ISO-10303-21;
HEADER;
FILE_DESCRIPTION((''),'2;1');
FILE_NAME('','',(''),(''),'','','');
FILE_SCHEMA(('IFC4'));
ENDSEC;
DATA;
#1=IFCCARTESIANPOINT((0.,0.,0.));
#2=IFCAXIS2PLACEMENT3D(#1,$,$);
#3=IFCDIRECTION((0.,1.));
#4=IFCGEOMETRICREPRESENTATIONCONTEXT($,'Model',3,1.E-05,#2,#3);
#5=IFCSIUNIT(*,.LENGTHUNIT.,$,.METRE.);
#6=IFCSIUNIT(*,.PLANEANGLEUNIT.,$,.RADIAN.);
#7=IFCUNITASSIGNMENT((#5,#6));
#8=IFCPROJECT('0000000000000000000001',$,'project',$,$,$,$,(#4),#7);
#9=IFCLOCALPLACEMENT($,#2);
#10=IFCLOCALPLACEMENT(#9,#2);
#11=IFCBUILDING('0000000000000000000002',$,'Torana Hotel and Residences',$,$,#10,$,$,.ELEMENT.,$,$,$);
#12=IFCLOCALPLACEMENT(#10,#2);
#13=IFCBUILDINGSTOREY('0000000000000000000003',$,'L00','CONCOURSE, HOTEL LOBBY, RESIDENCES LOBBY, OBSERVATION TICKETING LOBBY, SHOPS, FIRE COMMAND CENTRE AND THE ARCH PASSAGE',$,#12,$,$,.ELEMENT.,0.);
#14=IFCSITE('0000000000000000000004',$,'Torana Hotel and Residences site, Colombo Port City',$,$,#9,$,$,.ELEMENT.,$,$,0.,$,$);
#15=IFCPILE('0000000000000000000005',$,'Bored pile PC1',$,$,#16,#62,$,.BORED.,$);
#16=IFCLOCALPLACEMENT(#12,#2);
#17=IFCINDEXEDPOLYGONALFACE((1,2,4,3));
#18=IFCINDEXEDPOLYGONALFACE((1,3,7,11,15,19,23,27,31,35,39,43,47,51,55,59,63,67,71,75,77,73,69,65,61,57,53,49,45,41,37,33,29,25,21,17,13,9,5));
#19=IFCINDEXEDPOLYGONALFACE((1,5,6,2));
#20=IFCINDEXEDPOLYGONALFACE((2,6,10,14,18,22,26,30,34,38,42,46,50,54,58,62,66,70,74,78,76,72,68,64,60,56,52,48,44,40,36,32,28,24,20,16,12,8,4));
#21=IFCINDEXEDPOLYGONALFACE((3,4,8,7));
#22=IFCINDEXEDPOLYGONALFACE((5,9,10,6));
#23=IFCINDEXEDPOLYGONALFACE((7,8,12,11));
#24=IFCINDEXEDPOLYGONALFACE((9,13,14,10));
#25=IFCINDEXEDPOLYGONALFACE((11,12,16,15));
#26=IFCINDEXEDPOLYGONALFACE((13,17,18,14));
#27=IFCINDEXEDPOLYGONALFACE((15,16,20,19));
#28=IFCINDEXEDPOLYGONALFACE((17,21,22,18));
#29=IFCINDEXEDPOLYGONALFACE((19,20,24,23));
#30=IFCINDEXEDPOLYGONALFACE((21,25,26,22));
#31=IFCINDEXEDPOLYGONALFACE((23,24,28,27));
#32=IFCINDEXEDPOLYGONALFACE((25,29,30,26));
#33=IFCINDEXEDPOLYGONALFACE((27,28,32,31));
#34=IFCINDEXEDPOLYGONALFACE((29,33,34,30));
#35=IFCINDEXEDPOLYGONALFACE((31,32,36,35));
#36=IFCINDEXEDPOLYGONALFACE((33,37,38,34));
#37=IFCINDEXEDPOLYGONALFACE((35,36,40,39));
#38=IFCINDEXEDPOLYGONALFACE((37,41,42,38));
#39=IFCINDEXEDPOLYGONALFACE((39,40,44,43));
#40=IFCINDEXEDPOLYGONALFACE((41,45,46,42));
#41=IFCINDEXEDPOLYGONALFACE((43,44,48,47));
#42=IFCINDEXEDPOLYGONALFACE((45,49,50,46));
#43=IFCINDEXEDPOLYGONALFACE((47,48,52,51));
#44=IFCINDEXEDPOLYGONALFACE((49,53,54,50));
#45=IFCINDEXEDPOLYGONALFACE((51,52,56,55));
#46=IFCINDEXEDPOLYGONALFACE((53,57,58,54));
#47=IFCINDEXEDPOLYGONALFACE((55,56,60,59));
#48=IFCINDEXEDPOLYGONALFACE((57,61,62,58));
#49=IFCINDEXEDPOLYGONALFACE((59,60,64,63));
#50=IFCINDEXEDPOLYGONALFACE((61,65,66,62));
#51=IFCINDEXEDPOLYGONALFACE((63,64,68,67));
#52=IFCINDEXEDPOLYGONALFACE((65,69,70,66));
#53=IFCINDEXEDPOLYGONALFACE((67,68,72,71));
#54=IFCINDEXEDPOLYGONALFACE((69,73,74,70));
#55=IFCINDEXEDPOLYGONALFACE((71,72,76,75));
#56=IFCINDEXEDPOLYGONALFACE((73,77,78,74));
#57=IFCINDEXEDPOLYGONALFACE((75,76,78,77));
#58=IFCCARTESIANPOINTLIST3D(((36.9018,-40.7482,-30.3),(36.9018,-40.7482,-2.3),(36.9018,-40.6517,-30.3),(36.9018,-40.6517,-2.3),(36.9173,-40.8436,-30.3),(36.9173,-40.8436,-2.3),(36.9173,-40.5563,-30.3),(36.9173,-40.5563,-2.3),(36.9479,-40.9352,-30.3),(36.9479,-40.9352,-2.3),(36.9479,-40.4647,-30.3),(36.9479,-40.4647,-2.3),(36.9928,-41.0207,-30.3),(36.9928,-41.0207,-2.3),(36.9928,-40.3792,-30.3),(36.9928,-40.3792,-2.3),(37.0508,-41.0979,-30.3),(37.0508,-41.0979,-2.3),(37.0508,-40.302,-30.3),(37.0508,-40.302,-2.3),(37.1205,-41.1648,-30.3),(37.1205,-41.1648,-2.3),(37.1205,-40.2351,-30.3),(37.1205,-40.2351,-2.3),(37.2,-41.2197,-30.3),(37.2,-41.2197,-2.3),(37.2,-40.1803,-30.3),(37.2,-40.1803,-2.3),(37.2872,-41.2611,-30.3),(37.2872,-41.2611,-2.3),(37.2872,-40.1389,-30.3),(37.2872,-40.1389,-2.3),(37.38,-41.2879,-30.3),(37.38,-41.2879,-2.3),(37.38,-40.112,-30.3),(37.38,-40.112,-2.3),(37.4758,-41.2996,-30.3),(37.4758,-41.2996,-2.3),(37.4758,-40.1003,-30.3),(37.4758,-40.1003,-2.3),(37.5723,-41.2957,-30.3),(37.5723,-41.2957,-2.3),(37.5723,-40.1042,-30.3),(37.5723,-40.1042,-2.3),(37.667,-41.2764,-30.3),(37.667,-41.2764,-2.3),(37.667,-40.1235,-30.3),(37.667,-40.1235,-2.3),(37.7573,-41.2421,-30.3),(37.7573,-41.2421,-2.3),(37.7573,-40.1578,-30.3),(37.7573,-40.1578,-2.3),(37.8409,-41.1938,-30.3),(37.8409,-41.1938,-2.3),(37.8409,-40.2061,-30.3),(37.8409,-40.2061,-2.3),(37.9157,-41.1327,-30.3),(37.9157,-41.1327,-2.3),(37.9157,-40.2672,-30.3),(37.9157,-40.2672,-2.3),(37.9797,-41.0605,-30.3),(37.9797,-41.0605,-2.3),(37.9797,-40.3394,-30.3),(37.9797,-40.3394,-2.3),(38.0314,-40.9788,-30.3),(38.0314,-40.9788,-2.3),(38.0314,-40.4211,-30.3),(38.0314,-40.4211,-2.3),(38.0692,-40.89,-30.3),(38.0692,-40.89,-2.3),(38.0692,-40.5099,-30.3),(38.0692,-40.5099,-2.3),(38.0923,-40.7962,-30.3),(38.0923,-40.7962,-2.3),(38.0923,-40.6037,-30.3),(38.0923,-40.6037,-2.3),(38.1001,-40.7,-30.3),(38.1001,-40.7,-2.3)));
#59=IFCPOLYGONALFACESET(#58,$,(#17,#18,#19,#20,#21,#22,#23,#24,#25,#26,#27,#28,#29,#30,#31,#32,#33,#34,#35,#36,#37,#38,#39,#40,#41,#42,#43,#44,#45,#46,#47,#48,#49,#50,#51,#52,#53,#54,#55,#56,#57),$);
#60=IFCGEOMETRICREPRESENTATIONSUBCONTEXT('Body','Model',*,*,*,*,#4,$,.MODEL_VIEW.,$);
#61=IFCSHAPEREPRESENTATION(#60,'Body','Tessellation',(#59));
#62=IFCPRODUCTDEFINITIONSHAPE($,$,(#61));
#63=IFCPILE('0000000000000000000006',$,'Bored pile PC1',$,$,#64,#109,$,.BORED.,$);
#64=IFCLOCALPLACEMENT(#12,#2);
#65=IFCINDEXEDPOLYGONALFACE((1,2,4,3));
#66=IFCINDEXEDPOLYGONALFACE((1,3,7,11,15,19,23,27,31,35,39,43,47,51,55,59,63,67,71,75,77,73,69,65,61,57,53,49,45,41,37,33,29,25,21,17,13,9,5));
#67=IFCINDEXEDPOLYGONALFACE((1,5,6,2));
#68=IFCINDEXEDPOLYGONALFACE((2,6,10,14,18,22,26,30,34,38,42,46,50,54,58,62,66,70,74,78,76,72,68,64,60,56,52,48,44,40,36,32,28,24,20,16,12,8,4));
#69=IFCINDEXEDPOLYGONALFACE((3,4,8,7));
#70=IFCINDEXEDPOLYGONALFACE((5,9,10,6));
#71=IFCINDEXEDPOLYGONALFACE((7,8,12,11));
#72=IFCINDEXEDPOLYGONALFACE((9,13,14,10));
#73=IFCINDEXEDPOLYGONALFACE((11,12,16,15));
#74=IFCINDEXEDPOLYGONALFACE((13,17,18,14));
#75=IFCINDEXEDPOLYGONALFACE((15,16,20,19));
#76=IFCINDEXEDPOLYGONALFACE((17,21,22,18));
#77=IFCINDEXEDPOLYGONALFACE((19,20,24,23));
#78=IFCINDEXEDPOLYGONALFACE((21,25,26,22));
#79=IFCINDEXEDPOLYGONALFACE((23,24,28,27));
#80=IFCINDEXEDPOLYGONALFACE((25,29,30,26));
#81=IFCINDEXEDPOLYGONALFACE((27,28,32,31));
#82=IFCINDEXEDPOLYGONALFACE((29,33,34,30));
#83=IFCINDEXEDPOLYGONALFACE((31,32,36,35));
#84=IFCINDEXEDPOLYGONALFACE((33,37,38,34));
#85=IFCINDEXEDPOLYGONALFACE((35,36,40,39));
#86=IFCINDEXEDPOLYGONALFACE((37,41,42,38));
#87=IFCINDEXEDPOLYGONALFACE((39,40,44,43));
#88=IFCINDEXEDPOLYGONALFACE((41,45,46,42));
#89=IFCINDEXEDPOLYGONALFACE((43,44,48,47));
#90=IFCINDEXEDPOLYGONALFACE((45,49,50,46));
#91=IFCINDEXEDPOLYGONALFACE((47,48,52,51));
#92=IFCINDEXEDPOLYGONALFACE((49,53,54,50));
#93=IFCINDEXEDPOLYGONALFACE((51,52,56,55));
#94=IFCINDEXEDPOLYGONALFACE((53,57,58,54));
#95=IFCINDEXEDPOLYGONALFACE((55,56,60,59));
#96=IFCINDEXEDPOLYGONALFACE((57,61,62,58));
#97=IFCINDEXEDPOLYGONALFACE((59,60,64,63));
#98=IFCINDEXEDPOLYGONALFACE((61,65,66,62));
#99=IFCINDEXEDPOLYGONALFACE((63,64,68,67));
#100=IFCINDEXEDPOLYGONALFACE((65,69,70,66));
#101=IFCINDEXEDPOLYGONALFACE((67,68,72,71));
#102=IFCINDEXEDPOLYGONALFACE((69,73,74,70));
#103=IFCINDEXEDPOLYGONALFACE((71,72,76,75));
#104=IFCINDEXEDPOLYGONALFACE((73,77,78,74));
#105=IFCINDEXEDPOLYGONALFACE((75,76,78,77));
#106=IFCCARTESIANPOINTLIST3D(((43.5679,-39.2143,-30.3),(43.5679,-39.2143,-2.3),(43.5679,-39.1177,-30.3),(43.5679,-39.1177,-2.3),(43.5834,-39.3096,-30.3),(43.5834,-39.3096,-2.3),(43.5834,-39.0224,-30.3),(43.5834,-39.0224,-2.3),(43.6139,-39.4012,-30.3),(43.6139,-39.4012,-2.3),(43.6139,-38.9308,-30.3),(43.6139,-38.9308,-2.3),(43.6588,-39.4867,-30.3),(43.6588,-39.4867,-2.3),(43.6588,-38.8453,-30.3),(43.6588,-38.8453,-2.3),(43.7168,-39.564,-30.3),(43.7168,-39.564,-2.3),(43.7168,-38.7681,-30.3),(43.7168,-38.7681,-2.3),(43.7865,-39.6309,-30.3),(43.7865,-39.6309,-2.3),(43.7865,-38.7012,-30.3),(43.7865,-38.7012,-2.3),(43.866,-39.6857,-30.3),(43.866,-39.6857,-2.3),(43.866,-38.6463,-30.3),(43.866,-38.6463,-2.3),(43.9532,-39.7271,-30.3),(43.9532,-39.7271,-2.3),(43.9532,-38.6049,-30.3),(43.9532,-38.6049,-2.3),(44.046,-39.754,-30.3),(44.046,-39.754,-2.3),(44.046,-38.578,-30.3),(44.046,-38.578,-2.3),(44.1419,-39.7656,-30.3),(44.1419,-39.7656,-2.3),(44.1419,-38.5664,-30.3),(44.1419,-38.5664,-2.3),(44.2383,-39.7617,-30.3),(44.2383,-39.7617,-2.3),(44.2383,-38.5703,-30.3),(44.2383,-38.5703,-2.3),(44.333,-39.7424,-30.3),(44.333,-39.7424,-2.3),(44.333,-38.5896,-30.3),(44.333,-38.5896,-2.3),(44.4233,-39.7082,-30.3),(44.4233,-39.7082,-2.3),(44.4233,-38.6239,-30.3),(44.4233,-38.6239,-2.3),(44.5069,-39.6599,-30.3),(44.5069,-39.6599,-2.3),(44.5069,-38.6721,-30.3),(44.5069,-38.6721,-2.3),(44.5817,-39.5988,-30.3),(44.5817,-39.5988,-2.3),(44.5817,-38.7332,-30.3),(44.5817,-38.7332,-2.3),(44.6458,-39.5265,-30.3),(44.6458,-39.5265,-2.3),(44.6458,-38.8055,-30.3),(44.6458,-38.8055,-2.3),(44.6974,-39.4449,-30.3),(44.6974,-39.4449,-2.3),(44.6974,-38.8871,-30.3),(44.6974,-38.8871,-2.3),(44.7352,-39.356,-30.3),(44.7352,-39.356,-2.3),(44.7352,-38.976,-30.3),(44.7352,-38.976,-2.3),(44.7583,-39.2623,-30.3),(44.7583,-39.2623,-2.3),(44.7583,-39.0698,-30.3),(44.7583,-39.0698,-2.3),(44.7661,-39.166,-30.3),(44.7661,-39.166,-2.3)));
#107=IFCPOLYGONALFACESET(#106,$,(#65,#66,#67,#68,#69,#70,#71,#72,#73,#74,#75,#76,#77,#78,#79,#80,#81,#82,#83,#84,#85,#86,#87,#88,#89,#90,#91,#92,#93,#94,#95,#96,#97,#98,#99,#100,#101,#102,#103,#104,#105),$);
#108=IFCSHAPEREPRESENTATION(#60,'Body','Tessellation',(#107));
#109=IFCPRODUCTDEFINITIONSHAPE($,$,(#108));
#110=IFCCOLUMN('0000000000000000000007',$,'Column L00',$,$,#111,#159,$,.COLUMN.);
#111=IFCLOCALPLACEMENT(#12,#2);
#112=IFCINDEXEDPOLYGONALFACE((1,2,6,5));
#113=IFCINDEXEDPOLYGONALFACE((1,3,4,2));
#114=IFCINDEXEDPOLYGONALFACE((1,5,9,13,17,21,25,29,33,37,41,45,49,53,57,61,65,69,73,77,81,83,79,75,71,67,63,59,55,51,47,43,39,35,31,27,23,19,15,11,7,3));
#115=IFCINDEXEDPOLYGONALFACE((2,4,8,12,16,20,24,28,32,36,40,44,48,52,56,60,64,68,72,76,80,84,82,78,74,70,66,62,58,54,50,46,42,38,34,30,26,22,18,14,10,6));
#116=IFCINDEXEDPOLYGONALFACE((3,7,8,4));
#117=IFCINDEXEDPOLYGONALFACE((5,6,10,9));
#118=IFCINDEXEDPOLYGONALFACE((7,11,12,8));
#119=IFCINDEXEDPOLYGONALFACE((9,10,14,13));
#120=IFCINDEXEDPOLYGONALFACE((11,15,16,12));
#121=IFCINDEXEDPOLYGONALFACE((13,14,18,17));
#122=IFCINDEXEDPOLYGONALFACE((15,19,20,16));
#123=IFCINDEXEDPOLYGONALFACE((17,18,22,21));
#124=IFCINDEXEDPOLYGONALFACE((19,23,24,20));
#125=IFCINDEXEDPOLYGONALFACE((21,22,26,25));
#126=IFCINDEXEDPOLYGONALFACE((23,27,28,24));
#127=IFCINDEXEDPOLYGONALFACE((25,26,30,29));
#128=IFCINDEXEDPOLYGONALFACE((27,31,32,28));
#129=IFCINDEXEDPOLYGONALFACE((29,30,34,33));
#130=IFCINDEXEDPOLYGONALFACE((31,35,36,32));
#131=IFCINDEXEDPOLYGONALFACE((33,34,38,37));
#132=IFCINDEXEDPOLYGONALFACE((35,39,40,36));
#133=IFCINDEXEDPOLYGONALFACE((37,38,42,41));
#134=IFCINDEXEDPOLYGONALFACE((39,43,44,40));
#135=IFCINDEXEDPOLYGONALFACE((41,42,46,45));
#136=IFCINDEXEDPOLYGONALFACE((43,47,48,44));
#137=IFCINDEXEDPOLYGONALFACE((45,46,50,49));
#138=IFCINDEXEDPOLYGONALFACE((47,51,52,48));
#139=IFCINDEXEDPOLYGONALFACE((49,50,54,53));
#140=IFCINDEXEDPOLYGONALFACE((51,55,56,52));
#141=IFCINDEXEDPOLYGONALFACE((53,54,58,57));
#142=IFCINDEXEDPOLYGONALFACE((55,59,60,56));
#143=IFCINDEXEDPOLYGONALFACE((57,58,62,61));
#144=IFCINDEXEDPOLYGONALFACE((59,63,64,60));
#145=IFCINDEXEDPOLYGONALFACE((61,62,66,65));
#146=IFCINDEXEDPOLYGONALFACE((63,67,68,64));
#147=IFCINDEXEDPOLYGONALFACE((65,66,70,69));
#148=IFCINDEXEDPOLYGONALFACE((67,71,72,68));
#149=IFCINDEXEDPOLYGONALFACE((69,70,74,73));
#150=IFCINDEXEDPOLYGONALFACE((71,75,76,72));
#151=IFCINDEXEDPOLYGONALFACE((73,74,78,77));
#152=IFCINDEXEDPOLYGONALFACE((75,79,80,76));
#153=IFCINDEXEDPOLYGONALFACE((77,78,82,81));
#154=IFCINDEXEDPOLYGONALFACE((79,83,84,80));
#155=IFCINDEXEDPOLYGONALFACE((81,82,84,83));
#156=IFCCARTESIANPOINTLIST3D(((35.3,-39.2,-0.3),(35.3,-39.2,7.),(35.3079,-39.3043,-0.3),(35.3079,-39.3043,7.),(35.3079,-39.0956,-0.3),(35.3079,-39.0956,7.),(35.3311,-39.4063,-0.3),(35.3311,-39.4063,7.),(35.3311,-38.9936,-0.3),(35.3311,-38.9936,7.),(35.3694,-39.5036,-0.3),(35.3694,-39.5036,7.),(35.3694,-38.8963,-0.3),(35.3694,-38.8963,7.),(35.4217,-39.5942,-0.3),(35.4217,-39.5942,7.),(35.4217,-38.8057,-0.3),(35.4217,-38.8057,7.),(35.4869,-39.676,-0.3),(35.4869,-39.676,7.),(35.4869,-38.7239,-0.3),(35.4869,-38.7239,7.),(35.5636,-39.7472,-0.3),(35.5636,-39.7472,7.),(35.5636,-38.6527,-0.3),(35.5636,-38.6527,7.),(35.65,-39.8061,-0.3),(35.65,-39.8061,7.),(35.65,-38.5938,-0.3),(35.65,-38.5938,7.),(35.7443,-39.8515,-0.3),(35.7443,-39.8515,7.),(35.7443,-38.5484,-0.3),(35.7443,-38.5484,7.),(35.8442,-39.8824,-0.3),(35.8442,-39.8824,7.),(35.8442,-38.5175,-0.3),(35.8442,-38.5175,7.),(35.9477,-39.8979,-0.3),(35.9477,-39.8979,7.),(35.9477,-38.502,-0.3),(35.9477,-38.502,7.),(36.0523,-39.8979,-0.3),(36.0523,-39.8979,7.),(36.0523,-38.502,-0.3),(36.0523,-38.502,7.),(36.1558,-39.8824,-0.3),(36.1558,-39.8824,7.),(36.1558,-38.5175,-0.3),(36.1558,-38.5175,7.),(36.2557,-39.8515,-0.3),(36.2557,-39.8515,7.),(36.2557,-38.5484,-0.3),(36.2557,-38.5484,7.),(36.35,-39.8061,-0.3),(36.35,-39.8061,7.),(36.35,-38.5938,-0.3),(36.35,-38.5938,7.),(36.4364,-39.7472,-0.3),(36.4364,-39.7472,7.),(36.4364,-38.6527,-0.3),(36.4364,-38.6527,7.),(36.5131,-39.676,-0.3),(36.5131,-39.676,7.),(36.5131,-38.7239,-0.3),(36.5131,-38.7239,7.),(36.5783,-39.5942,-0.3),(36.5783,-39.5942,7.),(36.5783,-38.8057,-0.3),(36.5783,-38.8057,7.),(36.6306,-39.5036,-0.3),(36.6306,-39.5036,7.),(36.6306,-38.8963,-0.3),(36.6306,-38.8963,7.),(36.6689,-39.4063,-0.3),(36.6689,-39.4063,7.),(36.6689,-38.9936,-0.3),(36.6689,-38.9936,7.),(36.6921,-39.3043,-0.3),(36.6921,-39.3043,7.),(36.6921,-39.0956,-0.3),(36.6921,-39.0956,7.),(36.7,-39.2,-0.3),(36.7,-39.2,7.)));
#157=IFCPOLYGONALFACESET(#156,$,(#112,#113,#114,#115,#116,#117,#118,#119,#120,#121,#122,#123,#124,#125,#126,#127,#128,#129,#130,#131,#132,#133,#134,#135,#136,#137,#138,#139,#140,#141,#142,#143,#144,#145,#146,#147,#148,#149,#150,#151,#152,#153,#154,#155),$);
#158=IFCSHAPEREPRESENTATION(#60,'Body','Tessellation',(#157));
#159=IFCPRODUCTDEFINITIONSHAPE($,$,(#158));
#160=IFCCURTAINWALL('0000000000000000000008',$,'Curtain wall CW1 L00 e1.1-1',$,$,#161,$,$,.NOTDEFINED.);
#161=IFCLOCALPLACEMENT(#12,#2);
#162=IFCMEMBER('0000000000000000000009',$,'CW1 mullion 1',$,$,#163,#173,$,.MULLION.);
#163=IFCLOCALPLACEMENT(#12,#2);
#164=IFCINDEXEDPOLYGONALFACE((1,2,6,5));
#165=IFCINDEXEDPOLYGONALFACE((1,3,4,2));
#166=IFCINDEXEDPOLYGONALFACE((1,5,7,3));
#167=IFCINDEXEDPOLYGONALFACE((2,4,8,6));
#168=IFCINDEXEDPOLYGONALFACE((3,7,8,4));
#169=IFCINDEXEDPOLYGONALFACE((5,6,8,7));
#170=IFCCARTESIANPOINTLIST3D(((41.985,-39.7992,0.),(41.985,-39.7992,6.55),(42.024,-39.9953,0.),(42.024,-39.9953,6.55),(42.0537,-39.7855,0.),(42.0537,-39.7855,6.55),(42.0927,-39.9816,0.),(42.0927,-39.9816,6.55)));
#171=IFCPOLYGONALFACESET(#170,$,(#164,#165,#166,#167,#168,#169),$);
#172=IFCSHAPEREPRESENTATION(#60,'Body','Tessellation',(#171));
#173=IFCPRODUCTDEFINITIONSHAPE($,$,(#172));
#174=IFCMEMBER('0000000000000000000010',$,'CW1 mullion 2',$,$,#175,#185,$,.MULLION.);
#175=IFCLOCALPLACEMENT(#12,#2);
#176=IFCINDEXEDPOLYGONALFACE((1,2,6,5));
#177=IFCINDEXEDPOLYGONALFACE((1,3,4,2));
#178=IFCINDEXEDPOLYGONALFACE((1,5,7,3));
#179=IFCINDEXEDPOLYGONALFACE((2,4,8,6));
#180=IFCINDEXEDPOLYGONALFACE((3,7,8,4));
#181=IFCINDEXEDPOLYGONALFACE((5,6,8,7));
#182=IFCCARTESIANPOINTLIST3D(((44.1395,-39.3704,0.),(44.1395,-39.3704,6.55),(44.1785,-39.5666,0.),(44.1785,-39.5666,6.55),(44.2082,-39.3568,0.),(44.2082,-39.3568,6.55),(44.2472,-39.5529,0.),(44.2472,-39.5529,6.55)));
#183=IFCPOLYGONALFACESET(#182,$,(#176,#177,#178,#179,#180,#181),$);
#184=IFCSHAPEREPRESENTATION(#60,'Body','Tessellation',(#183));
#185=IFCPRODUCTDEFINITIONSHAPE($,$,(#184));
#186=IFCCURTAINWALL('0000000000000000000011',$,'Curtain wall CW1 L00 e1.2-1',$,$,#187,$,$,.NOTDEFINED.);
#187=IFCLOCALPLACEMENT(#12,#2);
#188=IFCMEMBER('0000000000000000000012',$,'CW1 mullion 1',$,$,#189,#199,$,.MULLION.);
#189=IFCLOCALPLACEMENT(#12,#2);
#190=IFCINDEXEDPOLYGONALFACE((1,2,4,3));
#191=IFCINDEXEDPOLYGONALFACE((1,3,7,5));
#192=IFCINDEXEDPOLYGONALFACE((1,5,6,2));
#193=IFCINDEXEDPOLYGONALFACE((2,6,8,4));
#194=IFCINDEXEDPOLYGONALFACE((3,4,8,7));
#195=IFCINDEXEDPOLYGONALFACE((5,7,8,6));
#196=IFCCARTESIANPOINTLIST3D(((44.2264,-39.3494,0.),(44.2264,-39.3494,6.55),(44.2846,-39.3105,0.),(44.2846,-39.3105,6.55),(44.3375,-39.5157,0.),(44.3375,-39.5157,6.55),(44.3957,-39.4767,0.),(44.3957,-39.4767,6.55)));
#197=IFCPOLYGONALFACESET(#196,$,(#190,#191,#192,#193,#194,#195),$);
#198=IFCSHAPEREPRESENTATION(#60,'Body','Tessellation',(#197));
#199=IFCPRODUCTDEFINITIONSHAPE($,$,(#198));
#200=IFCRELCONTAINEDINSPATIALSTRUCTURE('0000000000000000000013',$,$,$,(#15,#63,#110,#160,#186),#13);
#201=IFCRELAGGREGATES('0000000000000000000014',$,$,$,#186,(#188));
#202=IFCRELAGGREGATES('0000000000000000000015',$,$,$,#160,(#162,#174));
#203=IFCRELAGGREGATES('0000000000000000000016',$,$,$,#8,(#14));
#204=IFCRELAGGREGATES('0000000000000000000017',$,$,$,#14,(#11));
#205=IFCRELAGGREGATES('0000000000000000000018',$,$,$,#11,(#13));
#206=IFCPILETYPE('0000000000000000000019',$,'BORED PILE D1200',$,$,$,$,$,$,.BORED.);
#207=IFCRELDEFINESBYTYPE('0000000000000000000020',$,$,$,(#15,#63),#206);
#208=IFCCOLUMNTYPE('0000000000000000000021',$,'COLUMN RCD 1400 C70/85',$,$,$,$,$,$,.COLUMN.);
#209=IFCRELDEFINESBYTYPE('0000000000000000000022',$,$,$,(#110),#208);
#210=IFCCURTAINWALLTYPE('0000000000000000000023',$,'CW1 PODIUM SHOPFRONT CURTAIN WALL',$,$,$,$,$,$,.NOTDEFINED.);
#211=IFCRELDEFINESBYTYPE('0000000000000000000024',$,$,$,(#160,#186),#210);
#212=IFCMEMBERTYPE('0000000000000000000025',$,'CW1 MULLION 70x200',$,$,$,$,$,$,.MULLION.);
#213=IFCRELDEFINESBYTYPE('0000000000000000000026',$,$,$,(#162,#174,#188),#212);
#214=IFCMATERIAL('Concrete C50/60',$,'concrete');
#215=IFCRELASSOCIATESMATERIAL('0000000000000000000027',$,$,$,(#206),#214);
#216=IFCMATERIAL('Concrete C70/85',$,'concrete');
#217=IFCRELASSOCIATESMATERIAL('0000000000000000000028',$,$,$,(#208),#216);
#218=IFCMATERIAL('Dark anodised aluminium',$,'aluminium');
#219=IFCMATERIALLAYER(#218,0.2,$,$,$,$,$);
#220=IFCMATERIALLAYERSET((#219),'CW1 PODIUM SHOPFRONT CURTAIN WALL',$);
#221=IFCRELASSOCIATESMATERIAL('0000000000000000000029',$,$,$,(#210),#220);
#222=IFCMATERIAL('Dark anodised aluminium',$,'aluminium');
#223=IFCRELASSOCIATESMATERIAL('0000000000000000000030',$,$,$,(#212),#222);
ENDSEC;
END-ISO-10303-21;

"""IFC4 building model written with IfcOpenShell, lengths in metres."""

from ifc_helpers import new_model, si_unit, direction, frame, origin, origin_2d, place, context, subcontext, project, spatial, rectangle, circle, extrude, material, layer, layer_set, material_profile, profile_set, type_object, element, aggregate, save


model = new_model("IFC4")

# Units and contexts
model_context = context("Model", 3, precision=1e-05, world=origin(), true_north=direction((0.0, 1.0)))
body_context = subcontext(model_context, "Body", "Model", "MODEL_VIEW")
ifc_project = project(units=[si_unit("LENGTHUNIT", "METRE"), si_unit("PLANEANGLEUNIT", "RADIAN")], contexts=[model_context])

# Site, building, storey
site_placement = place(None, origin())
site = spatial("IfcSite", under=ifc_project, at=site_placement, Name="Torana Hotel and Residences site, Colombo Port City", CompositionType="ELEMENT", RefElevation=0.0)
building_placement = place(site_placement, origin())
building = spatial("IfcBuilding", under=site, at=building_placement, Name="Torana Hotel and Residences", CompositionType="ELEMENT")
storey_placement = place(building_placement, origin())
storey = spatial("IfcBuildingStorey", under=building, at=storey_placement, Name="L00", Description="CONCOURSE, HOTEL LOBBY, RESIDENCES LOBBY, OBSERVATION TICKETING LOBBY, SHOPS, FIRE COMMAND CENTRE AND THE ARCH PASSAGE", CompositionType="ELEMENT", Elevation=0.0)

# Piles
ifc_material_1 = material(Name="Concrete C50/60", Category="concrete")
pile_type = type_object("IfcPileType", Name="BORED PILE D1200", PredefinedType="BORED", material=ifc_material_1)
for number, where, z_axis, x_axis, name in (
    (1, (37.5, -40.7, -2.3), (0.0, 0.0, -1.0), (1.0, 0.0, 0.0), "Bored pile PC1"),
    (2, (44.166, -39.166, -2.3), (0.0, 0.0, -1.0), (1.0, 0.0, 0.0), "Bored pile PC1"),
):
    element("IfcPile", number, at=place(storey_placement, frame(where, z_axis=z_axis, x_axis=x_axis)), inside=storey, type_object=pile_type, Name=name, PredefinedType="BORED", context=body_context, shape_type="SweptSolid", body=[
        extrude(circle(Radius=0.6001, at=origin_2d()), origin(), (0.0, 0.0, 1.0), 28.0),
    ])

# Column
ifc_material_2 = material(Name="Concrete C70/85", Category="concrete")
ifc_material_profile_1 = material_profile(ifc_material_2, circle(Radius=0.7, at=origin_2d()), Name="RCD 1400")
ifc_profile_set_1 = profile_set([ifc_material_profile_1], Name="Concrete C70/85")
column_type = type_object("IfcColumnType", Name="COLUMN RCD 1400 C70/85", PredefinedType="COLUMN", material=ifc_profile_set_1)
column_placement = place(storey_placement, frame((36.0, -39.2, -0.3), z_axis=(0.0, 0.0, 1.0), x_axis=(1.0, 0.0, 0.0)))
element("IfcColumn", 3, at=column_placement, inside=storey, type_object=column_type, Name="Column L00", PredefinedType="COLUMN", context=body_context, shape_type="SweptSolid", body=[
    extrude(circle(Radius=0.7, at=origin_2d()), origin(), (0.0, 0.0, 1.0), 7.3),
])

# Curtain wall, members
ifc_material_3 = material(Name="Dark anodised aluminium", Category="aluminium")
ifc_layer_1 = layer(ifc_material_3, 0.2)
ifc_layer_set_1 = layer_set([ifc_layer_1], Name="CW1 PODIUM SHOPFRONT CURTAIN WALL")
curtain_wall_type_1 = type_object("IfcCurtainWallType", Name="CW1 PODIUM SHOPFRONT CURTAIN WALL", PredefinedType="NOTDEFINED", material=ifc_layer_set_1)
curtain_wall_1_placement = place(storey_placement, origin())
curtain_wall_1 = element("IfcCurtainWall", 4, at=curtain_wall_1_placement, inside=storey, type_object=curtain_wall_type_1, Name="Curtain wall CW1 L00 e1.1-1", PredefinedType="NOTDEFINED")
ifc_material_4 = material(Name="Dark anodised aluminium", Category="aluminium")
ifc_material_profile_2 = material_profile(ifc_material_4, rectangle(XDim=0.2, YDim=0.0701, at=origin_2d()), Name="CW1 MULLION 70x200")
ifc_profile_set_2 = profile_set([ifc_material_profile_2], Name="Dark anodised aluminium")
member_type_1 = type_object("IfcMemberType", Name="CW1 MULLION 70x200", PredefinedType="MULLION", material=ifc_profile_set_2)
member_1_placement = place(storey_placement, frame((42.0388, -39.8904, 0.0), z_axis=(0.0, 0.0, 1.0), x_axis=(-0.195081, 0.980787, 0.0)))
member_1 = element("IfcMember", 5, at=member_1_placement, type_object=member_type_1, Name="CW1 mullion 1", PredefinedType="MULLION", context=body_context, shape_type="SweptSolid", body=[
    extrude(rectangle(XDim=0.2, YDim=0.0701, at=origin_2d()), origin(), (0.0, 0.0, 1.0), 6.55),
])
member_2_placement = place(storey_placement, frame((44.1934, -39.4617, 0.0), z_axis=(0.0, 0.0, 1.0), x_axis=(-0.195081, 0.980787, 0.0)))
member_2 = element("IfcMember", 6, at=member_2_placement, type_object=member_type_1, Name="CW1 mullion 2", PredefinedType="MULLION", context=body_context, shape_type="SweptSolid", body=[
    extrude(rectangle(XDim=0.2, YDim=0.0701, at=origin_2d()), origin(), (0.0, 0.0, 1.0), 6.55),
])

# Curtain wall, member
curtain_wall_2_placement = place(storey_placement, origin())
curtain_wall_2 = element("IfcCurtainWall", 7, at=curtain_wall_2_placement, inside=storey, type_object=curtain_wall_type_1, Name="Curtain wall CW1 L00 e1.2-1", PredefinedType="NOTDEFINED")
member_3_placement = place(storey_placement, frame((44.311, -39.4131, 0.0), z_axis=(0.0, 0.0, 1.0), x_axis=(-0.555585, 0.83146, 0.0)))
member_3 = element("IfcMember", 8, at=member_3_placement, type_object=member_type_1, Name="CW1 mullion 1", PredefinedType="MULLION", context=body_context, shape_type="SweptSolid", body=[
    extrude(rectangle(XDim=0.2, YDim=0.0701, at=origin_2d()), origin(), (0.0, 0.0, 1.0), 6.55),
])

aggregate(curtain_wall_2, [member_3])

aggregate(curtain_wall_1, [member_1, member_2])

save(model, "model.ifc")
